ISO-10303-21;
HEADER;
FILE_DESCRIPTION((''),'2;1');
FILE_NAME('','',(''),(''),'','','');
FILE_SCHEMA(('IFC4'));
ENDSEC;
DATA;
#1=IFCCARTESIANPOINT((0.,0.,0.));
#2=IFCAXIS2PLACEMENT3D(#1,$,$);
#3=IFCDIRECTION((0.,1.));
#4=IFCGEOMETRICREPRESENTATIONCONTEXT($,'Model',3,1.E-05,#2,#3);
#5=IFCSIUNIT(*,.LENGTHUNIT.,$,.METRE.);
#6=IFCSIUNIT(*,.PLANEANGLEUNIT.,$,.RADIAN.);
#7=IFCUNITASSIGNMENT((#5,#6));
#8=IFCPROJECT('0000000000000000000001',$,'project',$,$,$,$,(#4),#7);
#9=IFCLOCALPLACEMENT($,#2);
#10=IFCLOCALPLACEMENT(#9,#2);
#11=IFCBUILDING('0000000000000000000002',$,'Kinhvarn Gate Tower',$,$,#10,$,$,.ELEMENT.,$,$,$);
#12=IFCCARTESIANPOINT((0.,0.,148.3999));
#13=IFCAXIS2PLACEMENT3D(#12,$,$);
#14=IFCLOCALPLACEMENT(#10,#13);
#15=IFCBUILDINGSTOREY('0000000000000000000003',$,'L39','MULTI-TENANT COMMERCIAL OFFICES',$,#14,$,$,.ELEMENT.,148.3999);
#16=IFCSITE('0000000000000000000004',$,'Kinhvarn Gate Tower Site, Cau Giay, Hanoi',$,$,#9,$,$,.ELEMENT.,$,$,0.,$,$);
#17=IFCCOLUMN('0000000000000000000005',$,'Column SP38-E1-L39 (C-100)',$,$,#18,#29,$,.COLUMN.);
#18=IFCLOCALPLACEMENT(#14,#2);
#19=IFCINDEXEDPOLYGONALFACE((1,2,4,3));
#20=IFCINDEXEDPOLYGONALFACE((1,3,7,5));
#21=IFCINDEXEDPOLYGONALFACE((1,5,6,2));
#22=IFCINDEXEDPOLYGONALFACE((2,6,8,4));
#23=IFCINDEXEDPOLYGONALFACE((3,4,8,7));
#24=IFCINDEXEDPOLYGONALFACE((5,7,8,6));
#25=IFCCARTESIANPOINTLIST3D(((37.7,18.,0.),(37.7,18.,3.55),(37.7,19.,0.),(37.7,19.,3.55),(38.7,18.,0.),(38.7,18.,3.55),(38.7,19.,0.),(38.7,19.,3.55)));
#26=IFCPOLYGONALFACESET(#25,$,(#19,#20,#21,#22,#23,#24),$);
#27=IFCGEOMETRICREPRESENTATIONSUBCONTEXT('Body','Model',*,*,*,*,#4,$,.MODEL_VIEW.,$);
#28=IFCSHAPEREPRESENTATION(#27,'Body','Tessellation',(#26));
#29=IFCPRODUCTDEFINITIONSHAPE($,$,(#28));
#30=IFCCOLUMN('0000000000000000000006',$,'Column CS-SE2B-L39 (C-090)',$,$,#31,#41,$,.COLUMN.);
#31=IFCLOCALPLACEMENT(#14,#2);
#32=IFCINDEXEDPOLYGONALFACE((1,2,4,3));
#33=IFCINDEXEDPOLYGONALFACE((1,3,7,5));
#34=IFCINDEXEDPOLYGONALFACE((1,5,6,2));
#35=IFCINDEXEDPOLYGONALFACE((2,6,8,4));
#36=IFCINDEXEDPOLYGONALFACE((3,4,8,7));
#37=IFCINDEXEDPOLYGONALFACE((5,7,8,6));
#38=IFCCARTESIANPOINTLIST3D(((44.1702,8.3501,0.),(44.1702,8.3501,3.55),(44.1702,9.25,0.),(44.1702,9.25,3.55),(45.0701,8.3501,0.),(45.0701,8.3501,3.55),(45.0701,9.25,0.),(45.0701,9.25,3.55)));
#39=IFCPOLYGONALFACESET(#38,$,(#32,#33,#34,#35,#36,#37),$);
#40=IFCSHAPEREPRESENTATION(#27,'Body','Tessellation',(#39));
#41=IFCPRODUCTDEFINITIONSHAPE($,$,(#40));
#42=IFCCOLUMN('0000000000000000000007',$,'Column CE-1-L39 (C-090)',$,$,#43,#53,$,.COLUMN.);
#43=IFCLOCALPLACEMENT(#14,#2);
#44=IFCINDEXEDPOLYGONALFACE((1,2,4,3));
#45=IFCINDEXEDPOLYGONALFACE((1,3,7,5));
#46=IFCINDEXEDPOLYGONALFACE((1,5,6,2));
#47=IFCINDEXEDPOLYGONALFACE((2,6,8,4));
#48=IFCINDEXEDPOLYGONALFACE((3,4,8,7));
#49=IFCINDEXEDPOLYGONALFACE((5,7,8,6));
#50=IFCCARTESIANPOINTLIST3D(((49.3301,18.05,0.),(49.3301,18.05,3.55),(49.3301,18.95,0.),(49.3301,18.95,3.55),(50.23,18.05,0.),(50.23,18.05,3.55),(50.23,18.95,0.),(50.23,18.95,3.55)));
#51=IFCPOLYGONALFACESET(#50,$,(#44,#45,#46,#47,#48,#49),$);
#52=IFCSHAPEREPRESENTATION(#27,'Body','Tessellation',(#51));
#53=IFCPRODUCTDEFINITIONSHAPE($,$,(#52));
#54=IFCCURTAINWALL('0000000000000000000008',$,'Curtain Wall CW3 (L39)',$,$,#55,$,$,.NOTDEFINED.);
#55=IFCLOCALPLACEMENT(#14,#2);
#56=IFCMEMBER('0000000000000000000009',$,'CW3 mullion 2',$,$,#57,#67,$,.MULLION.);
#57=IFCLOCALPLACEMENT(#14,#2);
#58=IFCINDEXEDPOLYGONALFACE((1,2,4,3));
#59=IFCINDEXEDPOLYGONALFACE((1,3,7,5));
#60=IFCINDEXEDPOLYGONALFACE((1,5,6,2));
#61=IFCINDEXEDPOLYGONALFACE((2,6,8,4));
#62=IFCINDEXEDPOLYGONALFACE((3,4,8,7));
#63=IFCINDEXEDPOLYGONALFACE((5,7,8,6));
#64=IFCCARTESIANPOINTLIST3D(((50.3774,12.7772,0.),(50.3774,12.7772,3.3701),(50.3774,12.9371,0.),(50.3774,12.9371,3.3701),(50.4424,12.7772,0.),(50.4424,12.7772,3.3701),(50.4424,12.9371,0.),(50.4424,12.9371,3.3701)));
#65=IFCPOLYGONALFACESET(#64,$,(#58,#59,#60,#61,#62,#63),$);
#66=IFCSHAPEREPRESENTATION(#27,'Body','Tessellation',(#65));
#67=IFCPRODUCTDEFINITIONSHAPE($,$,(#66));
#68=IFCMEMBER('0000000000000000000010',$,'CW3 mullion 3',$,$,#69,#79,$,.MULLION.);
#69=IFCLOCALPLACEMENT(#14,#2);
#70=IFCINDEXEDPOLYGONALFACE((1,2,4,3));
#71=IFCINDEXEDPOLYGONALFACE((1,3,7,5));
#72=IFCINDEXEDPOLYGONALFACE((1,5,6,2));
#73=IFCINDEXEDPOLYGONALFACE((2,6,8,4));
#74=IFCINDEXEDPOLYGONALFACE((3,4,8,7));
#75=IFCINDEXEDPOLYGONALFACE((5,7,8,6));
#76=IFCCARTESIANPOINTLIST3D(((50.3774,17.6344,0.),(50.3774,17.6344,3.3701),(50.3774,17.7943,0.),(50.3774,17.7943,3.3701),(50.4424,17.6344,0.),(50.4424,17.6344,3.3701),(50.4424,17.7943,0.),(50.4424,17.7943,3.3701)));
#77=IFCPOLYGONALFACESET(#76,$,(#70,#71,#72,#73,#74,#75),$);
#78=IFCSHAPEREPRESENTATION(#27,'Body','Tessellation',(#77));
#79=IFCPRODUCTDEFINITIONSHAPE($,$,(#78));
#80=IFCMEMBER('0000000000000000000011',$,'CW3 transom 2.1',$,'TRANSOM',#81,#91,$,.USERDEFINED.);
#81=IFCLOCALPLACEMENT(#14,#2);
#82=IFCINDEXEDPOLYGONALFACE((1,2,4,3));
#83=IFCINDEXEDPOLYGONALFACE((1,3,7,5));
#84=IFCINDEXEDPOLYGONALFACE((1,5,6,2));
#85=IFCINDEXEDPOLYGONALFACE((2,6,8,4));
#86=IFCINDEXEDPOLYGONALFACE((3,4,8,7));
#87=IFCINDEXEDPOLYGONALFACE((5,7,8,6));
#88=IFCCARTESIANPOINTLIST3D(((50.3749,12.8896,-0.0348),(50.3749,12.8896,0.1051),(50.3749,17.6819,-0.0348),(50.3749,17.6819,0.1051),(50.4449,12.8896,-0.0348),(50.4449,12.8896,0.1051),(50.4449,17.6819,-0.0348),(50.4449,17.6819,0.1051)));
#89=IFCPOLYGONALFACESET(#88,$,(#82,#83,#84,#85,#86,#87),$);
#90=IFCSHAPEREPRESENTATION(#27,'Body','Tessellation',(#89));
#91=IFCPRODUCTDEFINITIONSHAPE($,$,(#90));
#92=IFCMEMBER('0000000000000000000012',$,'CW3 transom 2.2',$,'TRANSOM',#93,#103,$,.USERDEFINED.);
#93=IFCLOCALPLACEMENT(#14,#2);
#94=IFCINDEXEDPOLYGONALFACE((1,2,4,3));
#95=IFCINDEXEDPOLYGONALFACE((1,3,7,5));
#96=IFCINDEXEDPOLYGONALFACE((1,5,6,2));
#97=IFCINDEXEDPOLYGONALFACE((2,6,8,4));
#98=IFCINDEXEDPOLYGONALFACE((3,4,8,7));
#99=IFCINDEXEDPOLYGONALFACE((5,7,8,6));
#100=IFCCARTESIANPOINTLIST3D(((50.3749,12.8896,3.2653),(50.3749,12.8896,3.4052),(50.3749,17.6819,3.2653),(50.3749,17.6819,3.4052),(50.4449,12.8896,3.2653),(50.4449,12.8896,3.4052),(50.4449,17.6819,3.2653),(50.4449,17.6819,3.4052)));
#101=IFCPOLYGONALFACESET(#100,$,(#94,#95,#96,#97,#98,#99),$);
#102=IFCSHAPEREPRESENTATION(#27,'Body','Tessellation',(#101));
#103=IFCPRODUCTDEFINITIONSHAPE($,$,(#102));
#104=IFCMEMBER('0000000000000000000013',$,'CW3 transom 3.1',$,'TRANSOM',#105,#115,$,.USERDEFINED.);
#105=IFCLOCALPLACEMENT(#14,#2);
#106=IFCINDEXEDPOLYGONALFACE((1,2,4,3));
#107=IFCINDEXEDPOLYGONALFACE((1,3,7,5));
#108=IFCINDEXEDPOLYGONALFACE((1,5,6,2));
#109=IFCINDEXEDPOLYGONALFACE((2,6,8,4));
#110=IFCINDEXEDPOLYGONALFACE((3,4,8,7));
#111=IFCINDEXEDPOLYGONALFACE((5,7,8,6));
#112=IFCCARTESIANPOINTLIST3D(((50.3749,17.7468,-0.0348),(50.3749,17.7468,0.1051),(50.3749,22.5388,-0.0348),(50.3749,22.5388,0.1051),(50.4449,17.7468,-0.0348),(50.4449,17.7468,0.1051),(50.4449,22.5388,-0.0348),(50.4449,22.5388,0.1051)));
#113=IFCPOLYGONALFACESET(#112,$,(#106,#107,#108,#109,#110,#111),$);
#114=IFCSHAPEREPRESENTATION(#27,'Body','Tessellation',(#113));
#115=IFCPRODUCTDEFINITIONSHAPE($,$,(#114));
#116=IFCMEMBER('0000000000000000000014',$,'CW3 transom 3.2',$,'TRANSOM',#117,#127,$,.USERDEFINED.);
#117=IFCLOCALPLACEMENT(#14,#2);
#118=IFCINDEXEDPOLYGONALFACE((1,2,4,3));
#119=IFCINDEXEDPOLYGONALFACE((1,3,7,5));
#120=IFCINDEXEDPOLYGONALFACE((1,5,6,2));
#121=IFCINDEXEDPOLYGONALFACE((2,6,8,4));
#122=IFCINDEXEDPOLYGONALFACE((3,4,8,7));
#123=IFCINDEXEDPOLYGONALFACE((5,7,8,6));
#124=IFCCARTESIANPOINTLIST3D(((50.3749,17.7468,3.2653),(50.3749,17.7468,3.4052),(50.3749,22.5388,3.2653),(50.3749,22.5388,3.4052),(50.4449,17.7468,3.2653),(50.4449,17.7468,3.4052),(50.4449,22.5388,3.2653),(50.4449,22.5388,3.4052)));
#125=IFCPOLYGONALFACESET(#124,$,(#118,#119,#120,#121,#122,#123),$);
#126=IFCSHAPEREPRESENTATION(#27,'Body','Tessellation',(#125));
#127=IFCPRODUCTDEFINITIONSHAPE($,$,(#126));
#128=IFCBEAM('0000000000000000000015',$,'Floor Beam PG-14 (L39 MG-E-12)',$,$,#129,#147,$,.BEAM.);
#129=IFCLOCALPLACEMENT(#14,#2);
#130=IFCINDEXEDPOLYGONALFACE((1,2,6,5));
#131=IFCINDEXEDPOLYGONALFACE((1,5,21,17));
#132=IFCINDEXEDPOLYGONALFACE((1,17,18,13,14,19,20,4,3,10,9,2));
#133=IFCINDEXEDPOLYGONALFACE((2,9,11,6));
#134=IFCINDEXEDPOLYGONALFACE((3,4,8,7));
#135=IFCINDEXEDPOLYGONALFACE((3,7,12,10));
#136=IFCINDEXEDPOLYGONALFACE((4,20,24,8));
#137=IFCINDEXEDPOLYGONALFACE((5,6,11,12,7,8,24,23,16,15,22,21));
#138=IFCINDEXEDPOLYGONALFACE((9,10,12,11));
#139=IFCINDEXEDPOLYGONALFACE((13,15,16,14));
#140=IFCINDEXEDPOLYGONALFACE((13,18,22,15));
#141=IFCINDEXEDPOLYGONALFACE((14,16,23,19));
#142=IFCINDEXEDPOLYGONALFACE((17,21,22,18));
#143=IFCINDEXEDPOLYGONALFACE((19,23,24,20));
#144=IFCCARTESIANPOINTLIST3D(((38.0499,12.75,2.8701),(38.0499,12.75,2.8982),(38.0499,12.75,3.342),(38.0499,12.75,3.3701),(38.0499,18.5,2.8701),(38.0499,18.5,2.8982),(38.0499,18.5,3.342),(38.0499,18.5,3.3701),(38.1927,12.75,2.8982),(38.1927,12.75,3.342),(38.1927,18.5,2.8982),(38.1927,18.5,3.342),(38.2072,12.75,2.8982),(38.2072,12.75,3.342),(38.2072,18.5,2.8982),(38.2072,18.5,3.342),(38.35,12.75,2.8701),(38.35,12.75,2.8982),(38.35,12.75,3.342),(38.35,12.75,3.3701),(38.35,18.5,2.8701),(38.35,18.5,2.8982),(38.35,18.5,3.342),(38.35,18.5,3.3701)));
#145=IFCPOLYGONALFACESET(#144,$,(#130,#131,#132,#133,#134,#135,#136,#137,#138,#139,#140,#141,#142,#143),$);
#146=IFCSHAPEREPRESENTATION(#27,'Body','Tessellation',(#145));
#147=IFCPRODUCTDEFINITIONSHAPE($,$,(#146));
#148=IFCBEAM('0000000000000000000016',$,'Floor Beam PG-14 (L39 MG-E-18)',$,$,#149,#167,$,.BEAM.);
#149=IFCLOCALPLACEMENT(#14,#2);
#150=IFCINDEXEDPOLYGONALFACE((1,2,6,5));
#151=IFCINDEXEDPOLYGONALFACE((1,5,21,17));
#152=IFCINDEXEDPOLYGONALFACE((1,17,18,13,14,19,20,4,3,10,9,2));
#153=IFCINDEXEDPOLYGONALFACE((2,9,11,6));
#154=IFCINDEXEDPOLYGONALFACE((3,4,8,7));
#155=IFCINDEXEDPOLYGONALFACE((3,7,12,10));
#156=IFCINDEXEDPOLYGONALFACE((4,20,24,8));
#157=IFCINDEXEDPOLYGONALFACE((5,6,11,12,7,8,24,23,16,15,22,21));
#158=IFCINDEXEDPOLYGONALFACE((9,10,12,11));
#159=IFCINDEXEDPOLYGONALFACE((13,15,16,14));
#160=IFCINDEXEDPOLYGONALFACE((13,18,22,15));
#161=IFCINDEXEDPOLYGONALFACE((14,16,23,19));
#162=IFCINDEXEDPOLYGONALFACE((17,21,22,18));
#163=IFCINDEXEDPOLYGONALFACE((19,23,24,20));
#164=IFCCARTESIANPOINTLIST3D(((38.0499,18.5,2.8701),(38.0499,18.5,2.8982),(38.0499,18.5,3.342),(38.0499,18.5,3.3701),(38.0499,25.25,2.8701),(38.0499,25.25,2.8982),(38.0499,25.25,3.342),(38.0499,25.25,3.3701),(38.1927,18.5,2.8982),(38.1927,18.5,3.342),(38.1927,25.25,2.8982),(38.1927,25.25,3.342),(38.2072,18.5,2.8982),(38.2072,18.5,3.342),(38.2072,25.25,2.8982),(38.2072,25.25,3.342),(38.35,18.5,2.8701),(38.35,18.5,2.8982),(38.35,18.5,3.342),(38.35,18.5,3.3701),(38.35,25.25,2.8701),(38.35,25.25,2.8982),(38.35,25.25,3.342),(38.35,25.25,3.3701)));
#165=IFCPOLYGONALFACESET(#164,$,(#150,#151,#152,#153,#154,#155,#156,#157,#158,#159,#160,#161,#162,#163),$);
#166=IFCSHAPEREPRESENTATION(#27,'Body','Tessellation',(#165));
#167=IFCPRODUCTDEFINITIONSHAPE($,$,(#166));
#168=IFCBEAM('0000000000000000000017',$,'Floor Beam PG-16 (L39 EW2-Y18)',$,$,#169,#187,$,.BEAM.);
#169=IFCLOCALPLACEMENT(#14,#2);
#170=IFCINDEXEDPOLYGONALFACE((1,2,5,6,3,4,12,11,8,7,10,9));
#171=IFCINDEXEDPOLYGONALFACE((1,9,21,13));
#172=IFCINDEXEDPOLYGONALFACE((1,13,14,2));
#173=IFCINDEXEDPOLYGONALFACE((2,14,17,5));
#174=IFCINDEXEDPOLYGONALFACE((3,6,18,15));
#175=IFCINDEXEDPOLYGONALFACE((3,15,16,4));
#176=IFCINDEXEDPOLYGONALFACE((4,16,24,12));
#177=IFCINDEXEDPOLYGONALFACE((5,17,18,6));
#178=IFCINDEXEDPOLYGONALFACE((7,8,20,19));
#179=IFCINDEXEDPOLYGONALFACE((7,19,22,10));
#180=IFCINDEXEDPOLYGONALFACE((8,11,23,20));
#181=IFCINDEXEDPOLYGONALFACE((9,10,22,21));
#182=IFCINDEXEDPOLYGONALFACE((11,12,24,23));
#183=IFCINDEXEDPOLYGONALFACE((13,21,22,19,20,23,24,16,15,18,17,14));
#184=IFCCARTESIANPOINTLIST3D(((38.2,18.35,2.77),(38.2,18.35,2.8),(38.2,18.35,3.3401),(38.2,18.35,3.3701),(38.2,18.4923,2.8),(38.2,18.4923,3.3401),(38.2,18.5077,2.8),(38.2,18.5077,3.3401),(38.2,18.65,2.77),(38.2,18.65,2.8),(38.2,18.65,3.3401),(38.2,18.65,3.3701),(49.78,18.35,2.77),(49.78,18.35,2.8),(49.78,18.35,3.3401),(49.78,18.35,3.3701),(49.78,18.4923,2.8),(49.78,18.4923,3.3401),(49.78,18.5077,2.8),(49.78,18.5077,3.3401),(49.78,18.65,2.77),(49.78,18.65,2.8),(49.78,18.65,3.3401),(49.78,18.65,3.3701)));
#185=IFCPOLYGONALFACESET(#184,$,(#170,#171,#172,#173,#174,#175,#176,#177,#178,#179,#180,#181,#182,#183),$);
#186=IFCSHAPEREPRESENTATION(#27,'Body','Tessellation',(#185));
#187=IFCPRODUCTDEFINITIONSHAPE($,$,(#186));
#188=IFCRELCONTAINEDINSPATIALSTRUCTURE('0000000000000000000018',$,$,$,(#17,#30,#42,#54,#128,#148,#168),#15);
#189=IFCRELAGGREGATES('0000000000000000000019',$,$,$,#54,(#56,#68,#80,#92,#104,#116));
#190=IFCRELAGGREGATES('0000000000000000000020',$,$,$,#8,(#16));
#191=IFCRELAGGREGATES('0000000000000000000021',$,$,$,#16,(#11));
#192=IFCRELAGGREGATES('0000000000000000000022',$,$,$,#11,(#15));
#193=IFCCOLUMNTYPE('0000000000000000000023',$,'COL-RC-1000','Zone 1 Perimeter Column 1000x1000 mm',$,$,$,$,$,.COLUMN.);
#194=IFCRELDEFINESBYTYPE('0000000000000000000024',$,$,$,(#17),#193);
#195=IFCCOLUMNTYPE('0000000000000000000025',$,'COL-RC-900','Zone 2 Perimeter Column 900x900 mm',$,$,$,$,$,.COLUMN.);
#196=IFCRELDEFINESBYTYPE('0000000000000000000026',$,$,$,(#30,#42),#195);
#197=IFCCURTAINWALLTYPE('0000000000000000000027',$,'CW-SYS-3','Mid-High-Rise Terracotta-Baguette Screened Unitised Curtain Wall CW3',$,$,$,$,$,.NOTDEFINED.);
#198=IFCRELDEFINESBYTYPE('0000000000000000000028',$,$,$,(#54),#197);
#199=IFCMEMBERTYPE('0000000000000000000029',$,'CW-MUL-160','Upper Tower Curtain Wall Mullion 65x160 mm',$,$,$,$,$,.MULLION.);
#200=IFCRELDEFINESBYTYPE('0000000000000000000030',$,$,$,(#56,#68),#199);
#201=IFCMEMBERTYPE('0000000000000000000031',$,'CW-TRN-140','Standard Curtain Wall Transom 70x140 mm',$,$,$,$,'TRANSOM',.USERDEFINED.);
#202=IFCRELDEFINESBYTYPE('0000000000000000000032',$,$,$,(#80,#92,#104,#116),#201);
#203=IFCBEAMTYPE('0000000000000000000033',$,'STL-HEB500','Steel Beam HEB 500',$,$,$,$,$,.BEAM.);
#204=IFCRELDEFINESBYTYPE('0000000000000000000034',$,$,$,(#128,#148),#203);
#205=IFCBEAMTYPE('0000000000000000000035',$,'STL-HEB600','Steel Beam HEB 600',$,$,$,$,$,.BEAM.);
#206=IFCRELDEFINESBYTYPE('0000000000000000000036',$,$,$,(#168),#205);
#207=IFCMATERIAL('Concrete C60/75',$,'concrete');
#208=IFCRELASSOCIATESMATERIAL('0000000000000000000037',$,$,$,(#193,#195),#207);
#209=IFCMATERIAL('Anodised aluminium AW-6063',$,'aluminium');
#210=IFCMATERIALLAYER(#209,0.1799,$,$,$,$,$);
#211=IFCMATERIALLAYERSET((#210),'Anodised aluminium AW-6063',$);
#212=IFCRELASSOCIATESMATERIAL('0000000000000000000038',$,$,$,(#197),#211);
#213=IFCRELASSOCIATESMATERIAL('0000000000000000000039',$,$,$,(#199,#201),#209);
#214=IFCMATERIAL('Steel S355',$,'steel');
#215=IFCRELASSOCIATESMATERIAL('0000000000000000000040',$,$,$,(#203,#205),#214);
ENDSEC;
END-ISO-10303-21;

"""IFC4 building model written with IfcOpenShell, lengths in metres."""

from ifc_helpers import new_model, si_unit, direction, frame, origin, origin_2d, place, context, subcontext, project, spatial, rectangle, i_section, extrude, material, layer, layer_set, material_profile, profile_set, type_object, element, aggregate, save


model = new_model("IFC4")

# Units and contexts
model_context = context("Model", 3, precision=1e-05, world=origin(), true_north=direction((0.0, 1.0)))
body_context = subcontext(model_context, "Body", "Model", "MODEL_VIEW")
ifc_project = project(units=[si_unit("LENGTHUNIT", "METRE"), si_unit("PLANEANGLEUNIT", "RADIAN")], contexts=[model_context])

# Site, building, storey
site_placement = place(None, origin())
site = spatial("IfcSite", under=ifc_project, at=site_placement, Name="Kinhvarn Gate Tower Site, Cau Giay, Hanoi", CompositionType="ELEMENT", RefElevation=0.0)
building_placement = place(site_placement, origin())
building = spatial("IfcBuilding", under=site, at=building_placement, Name="Kinhvarn Gate Tower", CompositionType="ELEMENT")
storey_placement = place(building_placement, frame((0.0, 0.0, 148.3999)))
storey = spatial("IfcBuildingStorey", under=building, at=storey_placement, Name="L39", Description="MULTI-TENANT COMMERCIAL OFFICES", CompositionType="ELEMENT", Elevation=148.3999)

# Columns
ifc_material_1 = material(Name="Concrete C60/75", Category="concrete")
ifc_material_profile_1 = material_profile(ifc_material_1, rectangle(XDim=1.0, YDim=1.0, at=origin_2d()), Name="RC 1000x1000")
ifc_profile_set_1 = profile_set([ifc_material_profile_1], Name="Concrete C60/75")
column_type_1 = type_object("IfcColumnType", Name="COL-RC-1000", Description="Zone 1 Perimeter Column 1000x1000 mm", PredefinedType="COLUMN", material=ifc_profile_set_1)
column_placement = place(storey_placement, frame((38.2, 18.5, 0.0), z_axis=(0.0, 0.0, 1.0), x_axis=(1.0, 0.0, 0.0)))
element("IfcColumn", 1, at=column_placement, inside=storey, type_object=column_type_1, Name="Column SP38-E1-L39 (C-100)", PredefinedType="COLUMN", context=body_context, shape_type="SweptSolid", body=[
    extrude(rectangle(XDim=1.0, YDim=1.0, at=origin_2d()), origin(), (0.0, 0.0, 1.0), 3.55),
])
ifc_material_profile_2 = material_profile(ifc_material_1, rectangle(XDim=0.8999, YDim=0.8999, at=origin_2d()), Name="RC 900x900")
ifc_profile_set_2 = profile_set([ifc_material_profile_2], Name="Concrete C60/75")
column_type_2 = type_object("IfcColumnType", Name="COL-RC-900", Description="Zone 2 Perimeter Column 900x900 mm", PredefinedType="COLUMN", material=ifc_profile_set_2)
for number, where, z_axis, x_axis, name in (
    (2, (44.6201, 8.8, 0.0), (0.0, 0.0, 1.0), (1.0, 0.0, 0.0), "Column CS-SE2B-L39 (C-090)"),
    (3, (49.78, 18.5, 0.0), (0.0, 0.0, 1.0), (1.0, 0.0, 0.0), "Column CE-1-L39 (C-090)"),
):
    element("IfcColumn", number, at=place(storey_placement, frame(where, z_axis=z_axis, x_axis=x_axis)), inside=storey, type_object=column_type_2, Name=name, PredefinedType="COLUMN", context=body_context, shape_type="SweptSolid", body=[
        extrude(rectangle(XDim=0.8999, YDim=0.8999, at=origin_2d()), origin(), (0.0, 0.0, 1.0), 3.55),
    ])

# Curtain wall, members
ifc_material_2 = material(Name="Anodised aluminium AW-6063", Category="aluminium")
ifc_layer_1 = layer(ifc_material_2, 0.1799)
ifc_layer_set_1 = layer_set([ifc_layer_1], Name="Anodised aluminium AW-6063")
curtain_wall_type = type_object("IfcCurtainWallType", Name="CW-SYS-3", Description="Mid-High-Rise Terracotta-Baguette Screened Unitised Curtain Wall CW3", PredefinedType="NOTDEFINED", material=ifc_layer_set_1)
curtain_wall_placement = place(storey_placement, origin())
curtain_wall = element("IfcCurtainWall", 4, at=curtain_wall_placement, inside=storey, type_object=curtain_wall_type, Name="Curtain Wall CW3 (L39)", PredefinedType="NOTDEFINED")
ifc_material_profile_3 = material_profile(ifc_material_2, rectangle(XDim=0.0649, YDim=0.1599, at=origin_2d()), Name="ALU 65x160")
ifc_profile_set_3 = profile_set([ifc_material_profile_3], Name="Anodised aluminium AW-6063")
member_type_1 = type_object("IfcMemberType", Name="CW-MUL-160", Description="Upper Tower Curtain Wall Mullion 65x160 mm", PredefinedType="MULLION", material=ifc_profile_set_3)
member_1_placement = place(storey_placement, frame((50.4099, 12.8572, 0.0), z_axis=(0.0, 0.0, 1.0), x_axis=(-1.0, 0.0, 0.0)))
member_1 = element("IfcMember", 5, at=member_1_placement, type_object=member_type_1, Name="CW3 mullion 2", PredefinedType="MULLION", context=body_context, shape_type="SweptSolid", body=[
    extrude(rectangle(XDim=0.0649, YDim=0.1599, at=origin_2d()), origin(), (0.0, 0.0, 1.0), 3.3701),
])
member_2_placement = place(storey_placement, frame((50.4099, 17.7144, 0.0), z_axis=(0.0, 0.0, 1.0), x_axis=(-1.0, 0.0, 0.0)))
member_2 = element("IfcMember", 6, at=member_2_placement, type_object=member_type_1, Name="CW3 mullion 3", PredefinedType="MULLION", context=body_context, shape_type="SweptSolid", body=[
    extrude(rectangle(XDim=0.0649, YDim=0.1599, at=origin_2d()), origin(), (0.0, 0.0, 1.0), 3.3701),
])
ifc_material_profile_4 = material_profile(ifc_material_2, rectangle(XDim=0.0701, YDim=0.1399, at=origin_2d()), Name="ALU 70x140")
ifc_profile_set_4 = profile_set([ifc_material_profile_4], Name="Anodised aluminium AW-6063")
member_type_2 = type_object("IfcMemberType", Name="CW-TRN-140", Description="Standard Curtain Wall Transom 70x140 mm", ElementType="TRANSOM", PredefinedType="USERDEFINED", material=ifc_profile_set_4)
member_3_placement = place(storey_placement, frame((50.4099, 12.8896, 0.0352), z_axis=(0.0, 1.0, 0.0), x_axis=(-1.0, 0.0, 0.0)))
member_3 = element("IfcMember", 7, at=member_3_placement, type_object=member_type_2, Name="CW3 transom 2.1", ObjectType="TRANSOM", PredefinedType="USERDEFINED", context=body_context, shape_type="SweptSolid", body=[
    extrude(rectangle(XDim=0.0701, YDim=0.1399, at=origin_2d()), origin(), (0.0, 0.0, 1.0), 4.7922),
])
member_4_placement = place(storey_placement, frame((50.4099, 12.8896, 3.3352), z_axis=(0.0, 1.0, 0.0), x_axis=(-1.0, 0.0, 0.0)))
member_4 = element("IfcMember", 8, at=member_4_placement, type_object=member_type_2, Name="CW3 transom 2.2", ObjectType="TRANSOM", PredefinedType="USERDEFINED", context=body_context, shape_type="SweptSolid", body=[
    extrude(rectangle(XDim=0.0701, YDim=0.1399, at=origin_2d()), origin(), (0.0, 0.0, 1.0), 4.7922),
])
member_5_placement = place(storey_placement, frame((50.4099, 17.7468, 0.0352), z_axis=(0.0, 1.0, 0.0), x_axis=(-1.0, 0.0, 0.0)))
member_5 = element("IfcMember", 9, at=member_5_placement, type_object=member_type_2, Name="CW3 transom 3.1", ObjectType="TRANSOM", PredefinedType="USERDEFINED", context=body_context, shape_type="SweptSolid", body=[
    extrude(rectangle(XDim=0.0701, YDim=0.1399, at=origin_2d()), origin(), (0.0, 0.0, 1.0), 4.792),
])
member_6_placement = place(storey_placement, frame((50.4099, 17.7468, 3.3352), z_axis=(0.0, 1.0, 0.0), x_axis=(-1.0, 0.0, 0.0)))
member_6 = element("IfcMember", 10, at=member_6_placement, type_object=member_type_2, Name="CW3 transom 3.2", ObjectType="TRANSOM", PredefinedType="USERDEFINED", context=body_context, shape_type="SweptSolid", body=[
    extrude(rectangle(XDim=0.0701, YDim=0.1399, at=origin_2d()), origin(), (0.0, 0.0, 1.0), 4.792),
])

# Beams
ifc_material_3 = material(Name="Steel S355", Category="steel")
ifc_material_profile_5 = material_profile(ifc_material_3, i_section(OverallWidth=0.3, OverallDepth=0.5, WebThickness=0.0144, FlangeThickness=0.0281, at=origin_2d()), Name="HEB 500")
ifc_profile_set_5 = profile_set([ifc_material_profile_5], Name="Steel S355")
beam_type_1 = type_object("IfcBeamType", Name="STL-HEB500", Description="Steel Beam HEB 500", PredefinedType="BEAM", material=ifc_profile_set_5)
beam_1_placement = place(storey_placement, frame((38.2, 12.75, 3.1201), z_axis=(0.0, 1.0, 0.0), x_axis=(-1.0, 0.0, 0.0)))
element("IfcBeam", 11, at=beam_1_placement, inside=storey, type_object=beam_type_1, Name="Floor Beam PG-14 (L39 MG-E-12)", PredefinedType="BEAM", context=body_context, shape_type="SweptSolid", body=[
    extrude(i_section(OverallWidth=0.3, OverallDepth=0.5, WebThickness=0.0144, FlangeThickness=0.0281, at=origin_2d()), origin(), (0.0, 0.0, 1.0), 5.75),
])
beam_2_placement = place(storey_placement, frame((38.2, 18.5, 3.1201), z_axis=(0.0, 1.0, 0.0), x_axis=(-1.0, 0.0, 0.0)))
element("IfcBeam", 12, at=beam_2_placement, inside=storey, type_object=beam_type_1, Name="Floor Beam PG-14 (L39 MG-E-18)", PredefinedType="BEAM", context=body_context, shape_type="SweptSolid", body=[
    extrude(i_section(OverallWidth=0.3, OverallDepth=0.5, WebThickness=0.0144, FlangeThickness=0.0281, at=origin_2d()), origin(), (0.0, 0.0, 1.0), 6.75),
])
ifc_material_profile_6 = material_profile(ifc_material_3, i_section(OverallWidth=0.3, OverallDepth=0.6001, WebThickness=0.0154, FlangeThickness=0.03, at=origin_2d()), Name="HEB 600")
ifc_profile_set_6 = profile_set([ifc_material_profile_6], Name="Steel S355")
beam_type_2 = type_object("IfcBeamType", Name="STL-HEB600", Description="Steel Beam HEB 600", PredefinedType="BEAM", material=ifc_profile_set_6)
beam_3_placement = place(storey_placement, frame((38.2, 18.5, 3.0701), z_axis=(1.0, 0.0, 0.0), x_axis=(0.0, 1.0, 0.0)))
element("IfcBeam", 13, at=beam_3_placement, inside=storey, type_object=beam_type_2, Name="Floor Beam PG-16 (L39 EW2-Y18)", PredefinedType="BEAM", context=body_context, shape_type="SweptSolid", body=[
    extrude(i_section(OverallWidth=0.3, OverallDepth=0.6001, WebThickness=0.0154, FlangeThickness=0.03, at=origin_2d()), origin(), (0.0, 0.0, 1.0), 11.5801),
])

aggregate(curtain_wall, [member_1, member_2, member_3, member_4, member_5, member_6])

save(model, "model.ifc")
